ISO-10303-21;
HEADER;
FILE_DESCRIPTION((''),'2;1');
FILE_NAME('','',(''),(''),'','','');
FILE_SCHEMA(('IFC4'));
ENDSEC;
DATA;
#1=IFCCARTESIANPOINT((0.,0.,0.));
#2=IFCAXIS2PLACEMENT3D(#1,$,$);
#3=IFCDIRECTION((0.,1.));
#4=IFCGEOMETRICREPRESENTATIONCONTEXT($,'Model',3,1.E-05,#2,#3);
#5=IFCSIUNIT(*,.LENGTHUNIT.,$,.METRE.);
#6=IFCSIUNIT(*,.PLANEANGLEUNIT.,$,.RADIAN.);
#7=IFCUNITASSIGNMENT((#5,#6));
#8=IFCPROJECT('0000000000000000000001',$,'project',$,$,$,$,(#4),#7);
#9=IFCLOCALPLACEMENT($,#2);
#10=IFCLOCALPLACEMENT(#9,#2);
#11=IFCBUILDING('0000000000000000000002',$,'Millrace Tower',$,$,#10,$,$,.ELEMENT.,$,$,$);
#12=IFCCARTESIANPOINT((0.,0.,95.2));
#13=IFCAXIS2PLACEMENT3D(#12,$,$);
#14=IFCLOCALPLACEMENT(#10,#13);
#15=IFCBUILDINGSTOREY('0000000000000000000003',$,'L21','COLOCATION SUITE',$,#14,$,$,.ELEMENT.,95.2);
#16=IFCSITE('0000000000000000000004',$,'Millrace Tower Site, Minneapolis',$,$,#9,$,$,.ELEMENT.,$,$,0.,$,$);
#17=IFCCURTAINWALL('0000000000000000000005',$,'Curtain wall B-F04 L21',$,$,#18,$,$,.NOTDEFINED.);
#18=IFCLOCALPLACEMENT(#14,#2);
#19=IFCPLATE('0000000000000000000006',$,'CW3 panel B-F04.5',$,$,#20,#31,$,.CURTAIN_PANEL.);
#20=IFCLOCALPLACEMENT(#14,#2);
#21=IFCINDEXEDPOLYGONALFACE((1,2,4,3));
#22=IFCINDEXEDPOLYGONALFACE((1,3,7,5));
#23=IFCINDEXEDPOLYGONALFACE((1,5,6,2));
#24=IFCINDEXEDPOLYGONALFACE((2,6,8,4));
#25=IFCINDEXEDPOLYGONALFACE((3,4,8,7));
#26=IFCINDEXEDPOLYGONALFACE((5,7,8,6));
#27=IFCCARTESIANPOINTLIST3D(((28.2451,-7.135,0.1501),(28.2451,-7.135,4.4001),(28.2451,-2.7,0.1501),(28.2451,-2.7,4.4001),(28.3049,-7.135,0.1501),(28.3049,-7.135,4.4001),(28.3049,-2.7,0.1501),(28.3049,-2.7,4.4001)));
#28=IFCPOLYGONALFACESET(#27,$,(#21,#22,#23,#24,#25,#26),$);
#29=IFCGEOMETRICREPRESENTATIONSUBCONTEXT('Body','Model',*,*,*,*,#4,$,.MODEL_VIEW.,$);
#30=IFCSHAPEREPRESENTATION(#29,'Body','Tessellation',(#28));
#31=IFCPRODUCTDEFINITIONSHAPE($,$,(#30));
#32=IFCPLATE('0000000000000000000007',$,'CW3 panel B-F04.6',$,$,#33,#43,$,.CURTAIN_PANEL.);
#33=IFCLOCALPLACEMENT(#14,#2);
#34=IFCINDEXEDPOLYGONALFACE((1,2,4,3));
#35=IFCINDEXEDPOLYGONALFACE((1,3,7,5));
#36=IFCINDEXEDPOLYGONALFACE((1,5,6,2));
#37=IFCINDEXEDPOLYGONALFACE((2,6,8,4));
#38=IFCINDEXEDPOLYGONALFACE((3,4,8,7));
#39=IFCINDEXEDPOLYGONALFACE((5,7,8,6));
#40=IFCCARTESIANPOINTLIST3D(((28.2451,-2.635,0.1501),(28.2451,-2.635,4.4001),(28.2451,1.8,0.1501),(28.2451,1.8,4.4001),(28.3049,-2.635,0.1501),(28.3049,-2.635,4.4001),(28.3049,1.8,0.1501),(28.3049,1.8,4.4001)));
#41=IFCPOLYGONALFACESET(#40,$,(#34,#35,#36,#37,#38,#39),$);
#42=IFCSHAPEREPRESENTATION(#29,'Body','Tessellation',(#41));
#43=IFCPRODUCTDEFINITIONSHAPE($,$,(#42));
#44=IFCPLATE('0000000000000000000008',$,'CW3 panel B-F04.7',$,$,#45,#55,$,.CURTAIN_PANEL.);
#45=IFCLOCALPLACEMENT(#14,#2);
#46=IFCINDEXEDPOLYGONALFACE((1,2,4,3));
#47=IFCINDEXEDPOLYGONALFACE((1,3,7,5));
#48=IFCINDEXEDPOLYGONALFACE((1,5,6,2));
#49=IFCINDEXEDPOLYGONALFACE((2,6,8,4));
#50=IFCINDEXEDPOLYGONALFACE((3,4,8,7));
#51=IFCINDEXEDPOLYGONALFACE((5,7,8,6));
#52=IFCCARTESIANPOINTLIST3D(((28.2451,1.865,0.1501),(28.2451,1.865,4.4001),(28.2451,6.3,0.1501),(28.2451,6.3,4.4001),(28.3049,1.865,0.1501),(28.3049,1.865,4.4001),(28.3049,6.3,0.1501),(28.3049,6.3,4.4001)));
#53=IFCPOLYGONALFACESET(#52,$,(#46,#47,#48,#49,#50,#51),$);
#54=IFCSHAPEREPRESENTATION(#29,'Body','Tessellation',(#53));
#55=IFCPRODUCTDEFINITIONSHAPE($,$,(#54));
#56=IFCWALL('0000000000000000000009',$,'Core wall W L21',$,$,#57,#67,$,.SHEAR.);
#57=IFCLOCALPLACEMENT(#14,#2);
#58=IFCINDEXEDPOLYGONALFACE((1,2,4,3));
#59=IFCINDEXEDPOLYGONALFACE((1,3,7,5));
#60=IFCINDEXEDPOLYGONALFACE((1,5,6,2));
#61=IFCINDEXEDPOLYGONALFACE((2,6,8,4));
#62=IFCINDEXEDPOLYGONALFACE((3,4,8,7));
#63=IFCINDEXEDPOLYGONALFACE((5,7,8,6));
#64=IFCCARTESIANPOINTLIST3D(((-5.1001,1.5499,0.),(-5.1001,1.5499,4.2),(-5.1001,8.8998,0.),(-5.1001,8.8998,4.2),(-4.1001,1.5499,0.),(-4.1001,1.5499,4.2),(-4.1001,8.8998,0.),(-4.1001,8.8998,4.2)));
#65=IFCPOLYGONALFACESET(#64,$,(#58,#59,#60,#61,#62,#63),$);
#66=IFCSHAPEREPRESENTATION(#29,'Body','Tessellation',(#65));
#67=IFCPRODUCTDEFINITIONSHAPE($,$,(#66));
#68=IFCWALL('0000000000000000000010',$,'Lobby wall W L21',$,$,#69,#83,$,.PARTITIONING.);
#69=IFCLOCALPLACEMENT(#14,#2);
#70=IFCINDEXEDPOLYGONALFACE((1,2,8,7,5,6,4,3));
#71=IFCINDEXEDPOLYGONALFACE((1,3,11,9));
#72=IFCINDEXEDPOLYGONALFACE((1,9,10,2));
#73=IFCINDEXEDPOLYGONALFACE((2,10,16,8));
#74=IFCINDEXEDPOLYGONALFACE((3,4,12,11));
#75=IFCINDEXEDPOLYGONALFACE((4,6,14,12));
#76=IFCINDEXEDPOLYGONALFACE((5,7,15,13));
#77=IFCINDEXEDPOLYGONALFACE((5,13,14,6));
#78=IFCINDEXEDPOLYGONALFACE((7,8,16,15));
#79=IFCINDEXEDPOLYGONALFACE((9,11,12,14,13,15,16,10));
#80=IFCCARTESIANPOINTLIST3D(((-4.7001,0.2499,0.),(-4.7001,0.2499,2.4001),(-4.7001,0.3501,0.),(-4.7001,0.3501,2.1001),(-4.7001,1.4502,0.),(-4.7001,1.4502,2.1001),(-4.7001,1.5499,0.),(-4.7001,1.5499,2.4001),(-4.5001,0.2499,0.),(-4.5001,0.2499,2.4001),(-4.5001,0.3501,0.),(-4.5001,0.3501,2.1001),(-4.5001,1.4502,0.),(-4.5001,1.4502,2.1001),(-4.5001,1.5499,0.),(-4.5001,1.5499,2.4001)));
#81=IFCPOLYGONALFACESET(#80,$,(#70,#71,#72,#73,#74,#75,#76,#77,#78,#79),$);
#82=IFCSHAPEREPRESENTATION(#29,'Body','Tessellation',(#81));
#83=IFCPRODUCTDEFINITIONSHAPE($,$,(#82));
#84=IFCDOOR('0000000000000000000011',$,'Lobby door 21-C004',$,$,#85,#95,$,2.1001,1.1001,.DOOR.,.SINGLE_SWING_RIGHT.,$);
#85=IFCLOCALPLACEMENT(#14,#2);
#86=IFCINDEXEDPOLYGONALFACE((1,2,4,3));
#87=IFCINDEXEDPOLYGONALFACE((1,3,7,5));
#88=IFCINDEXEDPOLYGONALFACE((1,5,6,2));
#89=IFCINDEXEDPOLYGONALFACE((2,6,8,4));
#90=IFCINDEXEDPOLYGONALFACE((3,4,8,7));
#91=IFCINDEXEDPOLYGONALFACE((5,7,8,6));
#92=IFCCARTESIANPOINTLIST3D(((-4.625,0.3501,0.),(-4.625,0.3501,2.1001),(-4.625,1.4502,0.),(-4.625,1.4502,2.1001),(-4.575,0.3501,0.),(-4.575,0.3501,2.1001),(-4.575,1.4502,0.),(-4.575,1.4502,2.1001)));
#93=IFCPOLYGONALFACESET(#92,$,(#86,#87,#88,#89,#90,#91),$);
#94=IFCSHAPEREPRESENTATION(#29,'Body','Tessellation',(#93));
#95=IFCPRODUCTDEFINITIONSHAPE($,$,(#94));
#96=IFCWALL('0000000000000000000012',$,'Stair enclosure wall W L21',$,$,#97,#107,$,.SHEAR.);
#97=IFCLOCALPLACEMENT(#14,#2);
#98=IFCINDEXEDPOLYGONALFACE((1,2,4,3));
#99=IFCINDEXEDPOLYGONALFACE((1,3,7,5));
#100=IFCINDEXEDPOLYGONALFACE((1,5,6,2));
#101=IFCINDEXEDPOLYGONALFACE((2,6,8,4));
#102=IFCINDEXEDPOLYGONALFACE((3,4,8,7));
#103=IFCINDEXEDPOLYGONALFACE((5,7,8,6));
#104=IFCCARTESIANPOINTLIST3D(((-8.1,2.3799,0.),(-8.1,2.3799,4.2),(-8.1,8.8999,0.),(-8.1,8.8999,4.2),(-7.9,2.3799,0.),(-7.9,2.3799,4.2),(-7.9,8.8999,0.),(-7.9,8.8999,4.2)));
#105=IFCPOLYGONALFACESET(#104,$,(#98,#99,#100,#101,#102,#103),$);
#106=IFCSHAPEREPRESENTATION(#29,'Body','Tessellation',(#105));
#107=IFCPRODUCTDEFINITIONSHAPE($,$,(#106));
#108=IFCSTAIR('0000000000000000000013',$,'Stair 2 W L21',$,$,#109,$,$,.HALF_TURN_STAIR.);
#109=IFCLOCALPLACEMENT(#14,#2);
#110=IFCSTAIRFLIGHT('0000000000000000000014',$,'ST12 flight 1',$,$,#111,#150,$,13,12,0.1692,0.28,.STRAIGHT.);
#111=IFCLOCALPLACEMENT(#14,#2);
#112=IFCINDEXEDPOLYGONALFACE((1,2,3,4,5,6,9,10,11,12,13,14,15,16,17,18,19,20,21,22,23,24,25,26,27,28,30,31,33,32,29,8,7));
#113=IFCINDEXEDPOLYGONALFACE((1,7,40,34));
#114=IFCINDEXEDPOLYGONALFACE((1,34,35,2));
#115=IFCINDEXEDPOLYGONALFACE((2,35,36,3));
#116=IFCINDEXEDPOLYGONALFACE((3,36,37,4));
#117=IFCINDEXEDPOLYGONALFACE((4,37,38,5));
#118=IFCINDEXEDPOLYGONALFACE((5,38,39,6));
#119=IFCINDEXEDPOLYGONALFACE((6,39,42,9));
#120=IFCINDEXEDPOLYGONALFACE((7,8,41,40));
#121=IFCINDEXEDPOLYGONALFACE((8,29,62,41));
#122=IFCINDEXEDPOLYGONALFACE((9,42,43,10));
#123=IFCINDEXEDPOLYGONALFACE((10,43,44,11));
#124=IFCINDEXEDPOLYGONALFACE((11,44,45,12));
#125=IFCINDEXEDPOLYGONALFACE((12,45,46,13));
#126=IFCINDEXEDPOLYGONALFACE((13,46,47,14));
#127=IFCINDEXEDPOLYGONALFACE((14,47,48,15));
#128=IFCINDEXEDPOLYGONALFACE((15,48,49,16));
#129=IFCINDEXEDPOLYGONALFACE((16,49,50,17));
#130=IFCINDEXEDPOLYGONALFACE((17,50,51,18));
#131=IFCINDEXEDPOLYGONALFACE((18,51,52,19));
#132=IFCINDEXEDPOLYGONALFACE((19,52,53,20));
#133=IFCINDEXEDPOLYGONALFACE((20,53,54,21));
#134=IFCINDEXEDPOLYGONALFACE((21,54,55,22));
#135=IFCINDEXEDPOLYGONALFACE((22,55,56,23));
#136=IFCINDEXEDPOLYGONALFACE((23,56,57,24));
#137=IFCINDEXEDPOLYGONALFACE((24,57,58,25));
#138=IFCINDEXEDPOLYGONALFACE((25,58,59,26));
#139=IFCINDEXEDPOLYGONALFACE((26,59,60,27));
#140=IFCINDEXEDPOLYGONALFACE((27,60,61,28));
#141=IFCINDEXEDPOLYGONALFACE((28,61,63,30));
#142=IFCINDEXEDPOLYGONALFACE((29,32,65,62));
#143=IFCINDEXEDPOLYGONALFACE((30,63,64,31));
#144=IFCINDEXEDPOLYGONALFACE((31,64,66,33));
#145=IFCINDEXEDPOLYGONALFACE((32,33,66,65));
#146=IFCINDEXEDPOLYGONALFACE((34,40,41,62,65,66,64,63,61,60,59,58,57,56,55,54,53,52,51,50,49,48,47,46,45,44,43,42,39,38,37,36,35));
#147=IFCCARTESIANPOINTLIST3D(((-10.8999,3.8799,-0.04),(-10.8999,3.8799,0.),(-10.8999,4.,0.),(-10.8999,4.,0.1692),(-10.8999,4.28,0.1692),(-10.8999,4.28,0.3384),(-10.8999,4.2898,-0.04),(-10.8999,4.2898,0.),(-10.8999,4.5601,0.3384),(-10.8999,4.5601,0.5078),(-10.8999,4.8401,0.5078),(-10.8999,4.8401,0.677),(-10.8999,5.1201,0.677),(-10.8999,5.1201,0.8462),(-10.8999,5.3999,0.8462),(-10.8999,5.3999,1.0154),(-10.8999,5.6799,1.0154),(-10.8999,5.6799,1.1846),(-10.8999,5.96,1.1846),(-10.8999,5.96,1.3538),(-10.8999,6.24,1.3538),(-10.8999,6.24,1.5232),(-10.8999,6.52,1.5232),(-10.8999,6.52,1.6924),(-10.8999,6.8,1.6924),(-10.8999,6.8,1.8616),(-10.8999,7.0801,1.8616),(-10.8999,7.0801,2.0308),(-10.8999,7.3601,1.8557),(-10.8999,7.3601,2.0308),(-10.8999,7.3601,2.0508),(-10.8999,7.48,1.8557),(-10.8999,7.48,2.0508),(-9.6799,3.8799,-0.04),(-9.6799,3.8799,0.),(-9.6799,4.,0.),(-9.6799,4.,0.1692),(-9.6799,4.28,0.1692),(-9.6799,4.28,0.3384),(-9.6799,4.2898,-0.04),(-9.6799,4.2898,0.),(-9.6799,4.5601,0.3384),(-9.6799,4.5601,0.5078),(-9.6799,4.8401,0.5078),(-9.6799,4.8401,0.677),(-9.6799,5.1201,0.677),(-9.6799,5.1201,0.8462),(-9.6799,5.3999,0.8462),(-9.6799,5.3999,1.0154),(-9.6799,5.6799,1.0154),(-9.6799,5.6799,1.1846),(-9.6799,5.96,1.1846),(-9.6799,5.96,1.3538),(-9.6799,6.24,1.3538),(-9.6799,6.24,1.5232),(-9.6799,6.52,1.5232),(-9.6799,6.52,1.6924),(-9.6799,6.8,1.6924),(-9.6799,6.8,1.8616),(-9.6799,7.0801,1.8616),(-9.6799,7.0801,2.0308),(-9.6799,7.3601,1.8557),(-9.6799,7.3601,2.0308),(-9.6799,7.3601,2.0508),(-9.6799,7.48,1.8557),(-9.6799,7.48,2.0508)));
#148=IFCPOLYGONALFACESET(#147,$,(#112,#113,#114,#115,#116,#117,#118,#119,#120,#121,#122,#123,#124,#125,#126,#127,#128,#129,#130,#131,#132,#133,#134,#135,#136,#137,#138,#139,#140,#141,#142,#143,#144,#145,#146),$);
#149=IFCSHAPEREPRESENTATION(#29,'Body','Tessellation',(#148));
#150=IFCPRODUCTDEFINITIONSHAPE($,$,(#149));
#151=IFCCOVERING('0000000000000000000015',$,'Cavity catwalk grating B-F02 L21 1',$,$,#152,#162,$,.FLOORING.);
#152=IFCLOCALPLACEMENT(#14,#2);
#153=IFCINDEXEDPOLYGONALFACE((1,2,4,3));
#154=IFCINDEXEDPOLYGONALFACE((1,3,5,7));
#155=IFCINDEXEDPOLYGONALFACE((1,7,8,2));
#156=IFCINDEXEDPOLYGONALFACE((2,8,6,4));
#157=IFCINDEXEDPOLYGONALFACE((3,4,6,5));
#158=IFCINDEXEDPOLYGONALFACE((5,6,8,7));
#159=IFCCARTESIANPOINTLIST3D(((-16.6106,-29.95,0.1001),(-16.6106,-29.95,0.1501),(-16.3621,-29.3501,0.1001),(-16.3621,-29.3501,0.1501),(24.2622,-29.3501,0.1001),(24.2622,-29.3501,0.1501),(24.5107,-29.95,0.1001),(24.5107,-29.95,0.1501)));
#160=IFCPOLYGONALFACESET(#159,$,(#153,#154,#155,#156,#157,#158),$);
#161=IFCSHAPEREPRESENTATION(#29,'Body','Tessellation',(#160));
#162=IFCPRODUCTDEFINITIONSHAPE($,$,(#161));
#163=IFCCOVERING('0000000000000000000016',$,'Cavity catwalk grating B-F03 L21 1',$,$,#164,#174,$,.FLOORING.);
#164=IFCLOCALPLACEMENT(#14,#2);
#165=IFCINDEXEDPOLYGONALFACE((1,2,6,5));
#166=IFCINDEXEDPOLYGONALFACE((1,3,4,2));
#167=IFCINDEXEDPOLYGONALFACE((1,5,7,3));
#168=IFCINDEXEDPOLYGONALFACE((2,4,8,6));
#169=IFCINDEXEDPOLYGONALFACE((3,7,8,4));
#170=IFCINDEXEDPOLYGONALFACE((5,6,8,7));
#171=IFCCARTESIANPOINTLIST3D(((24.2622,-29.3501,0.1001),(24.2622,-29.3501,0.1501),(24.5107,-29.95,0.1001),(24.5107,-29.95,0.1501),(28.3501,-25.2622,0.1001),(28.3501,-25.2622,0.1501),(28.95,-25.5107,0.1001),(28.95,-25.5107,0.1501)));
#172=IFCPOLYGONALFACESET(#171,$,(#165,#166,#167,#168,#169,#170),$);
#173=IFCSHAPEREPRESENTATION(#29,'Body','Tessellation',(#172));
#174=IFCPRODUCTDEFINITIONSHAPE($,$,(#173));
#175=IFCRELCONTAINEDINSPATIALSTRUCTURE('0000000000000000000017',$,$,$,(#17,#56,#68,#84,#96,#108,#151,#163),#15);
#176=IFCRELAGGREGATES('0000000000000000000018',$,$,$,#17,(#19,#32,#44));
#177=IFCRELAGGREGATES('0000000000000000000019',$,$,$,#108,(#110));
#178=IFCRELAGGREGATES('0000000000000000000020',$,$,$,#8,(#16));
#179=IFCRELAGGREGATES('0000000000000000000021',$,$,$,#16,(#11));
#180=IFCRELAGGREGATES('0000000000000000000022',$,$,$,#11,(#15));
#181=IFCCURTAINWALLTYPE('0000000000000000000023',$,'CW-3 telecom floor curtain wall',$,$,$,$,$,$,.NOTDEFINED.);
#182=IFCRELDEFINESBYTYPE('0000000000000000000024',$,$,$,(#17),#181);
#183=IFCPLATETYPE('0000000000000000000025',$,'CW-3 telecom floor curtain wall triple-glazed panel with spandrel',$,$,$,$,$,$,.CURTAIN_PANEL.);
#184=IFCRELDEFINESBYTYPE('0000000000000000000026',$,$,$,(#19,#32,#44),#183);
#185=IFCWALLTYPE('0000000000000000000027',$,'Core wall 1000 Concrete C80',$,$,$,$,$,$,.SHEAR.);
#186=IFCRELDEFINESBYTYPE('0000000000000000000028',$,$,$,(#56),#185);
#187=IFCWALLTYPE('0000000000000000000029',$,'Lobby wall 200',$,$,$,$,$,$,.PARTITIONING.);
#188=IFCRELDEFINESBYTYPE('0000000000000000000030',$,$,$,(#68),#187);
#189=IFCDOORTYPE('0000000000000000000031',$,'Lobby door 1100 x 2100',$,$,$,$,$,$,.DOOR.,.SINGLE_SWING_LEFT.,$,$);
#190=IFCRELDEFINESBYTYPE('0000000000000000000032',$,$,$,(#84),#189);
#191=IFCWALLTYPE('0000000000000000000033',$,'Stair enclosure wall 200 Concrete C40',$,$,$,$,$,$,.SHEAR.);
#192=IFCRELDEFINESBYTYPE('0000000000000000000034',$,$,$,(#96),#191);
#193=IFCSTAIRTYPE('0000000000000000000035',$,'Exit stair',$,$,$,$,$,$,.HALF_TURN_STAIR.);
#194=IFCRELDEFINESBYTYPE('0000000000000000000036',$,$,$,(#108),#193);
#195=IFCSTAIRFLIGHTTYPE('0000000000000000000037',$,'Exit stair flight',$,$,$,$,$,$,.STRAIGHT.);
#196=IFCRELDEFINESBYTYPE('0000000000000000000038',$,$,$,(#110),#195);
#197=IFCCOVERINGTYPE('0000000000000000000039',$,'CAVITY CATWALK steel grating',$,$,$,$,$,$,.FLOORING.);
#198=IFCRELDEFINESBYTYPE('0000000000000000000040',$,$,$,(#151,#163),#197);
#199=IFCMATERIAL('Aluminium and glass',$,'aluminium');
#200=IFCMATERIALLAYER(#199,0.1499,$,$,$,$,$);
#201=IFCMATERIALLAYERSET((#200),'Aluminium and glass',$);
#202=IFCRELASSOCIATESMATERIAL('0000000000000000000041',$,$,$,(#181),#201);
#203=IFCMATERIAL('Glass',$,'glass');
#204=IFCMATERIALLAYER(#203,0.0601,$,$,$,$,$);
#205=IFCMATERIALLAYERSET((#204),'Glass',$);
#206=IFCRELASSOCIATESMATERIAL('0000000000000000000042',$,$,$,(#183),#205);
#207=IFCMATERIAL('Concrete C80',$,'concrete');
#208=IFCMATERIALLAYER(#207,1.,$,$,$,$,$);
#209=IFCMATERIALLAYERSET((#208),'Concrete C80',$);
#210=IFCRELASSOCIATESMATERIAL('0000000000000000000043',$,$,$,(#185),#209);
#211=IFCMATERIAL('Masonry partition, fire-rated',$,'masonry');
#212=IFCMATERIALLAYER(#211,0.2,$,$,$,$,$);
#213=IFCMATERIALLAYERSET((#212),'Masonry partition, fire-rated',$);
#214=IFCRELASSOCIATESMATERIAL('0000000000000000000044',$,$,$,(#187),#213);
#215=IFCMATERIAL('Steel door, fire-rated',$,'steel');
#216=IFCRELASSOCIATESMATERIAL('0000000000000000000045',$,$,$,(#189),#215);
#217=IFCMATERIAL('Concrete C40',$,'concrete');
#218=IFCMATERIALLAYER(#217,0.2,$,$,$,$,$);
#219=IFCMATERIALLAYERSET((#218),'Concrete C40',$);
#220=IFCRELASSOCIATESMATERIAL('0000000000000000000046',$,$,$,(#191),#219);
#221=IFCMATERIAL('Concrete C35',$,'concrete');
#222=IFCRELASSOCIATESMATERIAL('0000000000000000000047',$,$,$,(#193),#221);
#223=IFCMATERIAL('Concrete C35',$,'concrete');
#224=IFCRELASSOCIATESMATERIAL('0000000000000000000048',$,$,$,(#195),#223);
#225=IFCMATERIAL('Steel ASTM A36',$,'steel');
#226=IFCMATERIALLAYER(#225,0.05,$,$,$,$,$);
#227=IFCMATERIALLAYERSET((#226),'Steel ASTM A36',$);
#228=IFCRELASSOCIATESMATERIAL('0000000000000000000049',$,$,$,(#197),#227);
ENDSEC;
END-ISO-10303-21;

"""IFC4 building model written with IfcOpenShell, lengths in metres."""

from ifc_helpers import new_model, si_unit, direction, frame, frame_2d, origin, place, context, subcontext, project, spatial, polyline, rectangle, outline, extrude, material, layer, layer_set, type_object, element, fill, aggregate, save


model = new_model("IFC4")

# Units and contexts
model_context = context("Model", 3, precision=1e-05, world=origin(), true_north=direction((0.0, 1.0)))
body_context = subcontext(model_context, "Body", "Model", "MODEL_VIEW")
ifc_project = project(units=[si_unit("LENGTHUNIT", "METRE"), si_unit("PLANEANGLEUNIT", "RADIAN")], contexts=[model_context])

# Site, building, storey
site_placement = place(None, origin())
site = spatial("IfcSite", under=ifc_project, at=site_placement, Name="Millrace Tower Site, Minneapolis", CompositionType="ELEMENT", RefElevation=0.0)
building_placement = place(site_placement, origin())
building = spatial("IfcBuilding", under=site, at=building_placement, Name="Millrace Tower", CompositionType="ELEMENT")
storey_placement = place(building_placement, frame((0.0, 0.0, 95.2)))
storey = spatial("IfcBuildingStorey", under=building, at=storey_placement, Name="L21", Description="COLOCATION SUITE", CompositionType="ELEMENT", Elevation=95.2)

# Shared definitions
ifc_material_1 = material(Name="Aluminium and glass", Category="aluminium")
ifc_layer_1 = layer(ifc_material_1, 0.1499)
ifc_layer_set_1 = layer_set([ifc_layer_1], Name="Aluminium and glass")
curtain_wall_type = type_object("IfcCurtainWallType", Name="CW-3 telecom floor curtain wall", PredefinedType="NOTDEFINED", material=ifc_layer_set_1)
placement_1 = place(storey_placement, origin())
ifc_material_2 = material(Name="Glass", Category="glass")
ifc_layer_2 = layer(ifc_material_2, 0.0601)
ifc_layer_set_2 = layer_set([ifc_layer_2], Name="Glass")
plate_type = type_object("IfcPlateType", Name="CW-3 telecom floor curtain wall triple-glazed panel with spandrel", PredefinedType="CURTAIN_PANEL", material=ifc_layer_set_2)
placement_2 = place(storey_placement, frame((0.0, 0.0, 0.1501)))

# Curtain wall, plates
curtain_wall_1 = element("IfcCurtainWall", 1, at=placement_1, inside=storey, type_object=curtain_wall_type, Name="Curtain wall B-F04 L21", PredefinedType="NOTDEFINED")
plate_1 = element("IfcPlate", 2, at=placement_2, type_object=plate_type, Name="CW3 panel B-F04.5", PredefinedType="CURTAIN_PANEL", context=body_context, shape_type="SweptSolid", body=[
    extrude(outline(polyline([(28.3049, -7.135), (28.3049, -2.7), (28.2451, -2.7), (28.2451, -7.135), (28.3049, -7.135)])), origin(), (0.0, 0.0, 1.0), 4.25),
])
plate_2 = element("IfcPlate", 3, at=placement_2, type_object=plate_type, Name="CW3 panel B-F04.6", PredefinedType="CURTAIN_PANEL", context=body_context, shape_type="SweptSolid", body=[
    extrude(outline(polyline([(28.3049, -2.635), (28.3049, 1.8), (28.2451, 1.8), (28.2451, -2.635), (28.3049, -2.635)])), origin(), (0.0, 0.0, 1.0), 4.25),
])
plate_3 = element("IfcPlate", 4, at=placement_2, type_object=plate_type, Name="CW3 panel B-F04.7", PredefinedType="CURTAIN_PANEL", context=body_context, shape_type="SweptSolid", body=[
    extrude(outline(polyline([(28.3049, 1.865), (28.3049, 6.3), (28.2451, 6.3), (28.2451, 1.865), (28.3049, 1.865)])), origin(), (0.0, 0.0, 1.0), 4.25),
])
aggregate(curtain_wall_1, [plate_1, plate_2, plate_3])

# Wall
ifc_material_3 = material(Name="Concrete C80", Category="concrete")
ifc_layer_3 = layer(ifc_material_3, 1.0)
ifc_layer_set_3 = layer_set([ifc_layer_3], Name="Concrete C80")
wall_type_1 = type_object("IfcWallType", Name="Core wall 1000 Concrete C80", PredefinedType="SHEAR", material=ifc_layer_set_3)
wall_1_placement = place(storey_placement, frame((-4.6001, 1.55, 0.0), z_axis=(0.0, 0.0, 1.0), x_axis=(0.0, 1.0, 0.0)))
element("IfcWall", 5, at=wall_1_placement, inside=storey, type_object=wall_type_1, Name="Core wall W L21", PredefinedType="SHEAR", context=body_context, shape_type="SweptSolid", body=[
    extrude(rectangle(XDim=7.3499, YDim=1.0, at=frame_2d((3.6748, 0.0))), origin(), (0.0, 0.0, 1.0), 4.2),
])

# Wall, opening, door
ifc_material_4 = material(Name="Masonry partition, fire-rated", Category="masonry")
ifc_layer_4 = layer(ifc_material_4, 0.2)
ifc_layer_set_4 = layer_set([ifc_layer_4], Name="Masonry partition, fire-rated")
wall_type_2 = type_object("IfcWallType", Name="Lobby wall 200", PredefinedType="PARTITIONING", material=ifc_layer_set_4)
wall_2_placement = place(storey_placement, frame((-4.6001, 0.25, 0.0), z_axis=(0.0, 0.0, 1.0), x_axis=(0.0, 1.0, 0.0)))
wall_2 = element("IfcWall", 6, at=wall_2_placement, inside=storey, type_object=wall_type_2, Name="Lobby wall W L21", PredefinedType="PARTITIONING", context=body_context, shape_type="SweptSolid", body=[
    extrude(rectangle(XDim=1.3, YDim=0.2, at=frame_2d((0.6499, 0.0))), origin(), (0.0, 0.0, 1.0), 2.4001),
])
opening_placement = place(wall_2_placement, frame((0.1001, 0.0, 0.0)))
opening = element("IfcOpeningElement", 7, at=opening_placement, cuts=wall_2, PredefinedType="OPENING", context=body_context, shape_type="SweptSolid", body=[
    extrude(rectangle(XDim=1.1001, YDim=2.1001, at=frame_2d((0.55, 1.05))), frame((0.0, 0.1099, 0.0), z_axis=(0.0, -1.0, 0.0), x_axis=(1.0, 0.0, 0.0)), (0.0, 0.0, 1.0), 0.22),
])
ifc_material_5 = material(Name="Steel door, fire-rated", Category="steel")
door_type = type_object("IfcDoorType", Name="Lobby door 1100 x 2100", OperationType="SINGLE_SWING_LEFT", PredefinedType="DOOR", material=ifc_material_5)
door_placement = place(opening_placement, origin())
door = element("IfcDoor", 8, at=door_placement, inside=storey, type_object=door_type, Name="Lobby door 21-C004", OperationType="SINGLE_SWING_RIGHT", OverallHeight=2.1001, OverallWidth=1.1001, PredefinedType="DOOR", context=body_context, shape_type="SweptSolid", body=[
    extrude(rectangle(XDim=1.1001, YDim=2.1001, at=frame_2d((0.55, 1.05))), frame((0.0, 0.0249, 0.0), z_axis=(0.0, -1.0, 0.0), x_axis=(1.0, 0.0, 0.0)), (0.0, 0.0, 1.0), 0.05),
])
fill(opening, door)

# Wall
ifc_material_6 = material(Name="Concrete C40", Category="concrete")
ifc_layer_5 = layer(ifc_material_6, 0.2)
ifc_layer_set_5 = layer_set([ifc_layer_5], Name="Concrete C40")
wall_type_3 = type_object("IfcWallType", Name="Stair enclosure wall 200 Concrete C40", PredefinedType="SHEAR", material=ifc_layer_set_5)
wall_3_placement = place(storey_placement, frame((-8.0, 2.3799, 0.0), z_axis=(0.0, 0.0, 1.0), x_axis=(0.0, 1.0, 0.0)))
element("IfcWall", 9, at=wall_3_placement, inside=storey, type_object=wall_type_3, Name="Stair enclosure wall W L21", PredefinedType="SHEAR", context=body_context, shape_type="SweptSolid", body=[
    extrude(rectangle(XDim=6.52, YDim=0.2, at=frame_2d((3.26, 0.0))), origin(), (0.0, 0.0, 1.0), 4.2),
])

# Stair, stair flight
ifc_material_7 = material(Name="Concrete C35", Category="concrete")
stair_type = type_object("IfcStairType", Name="Exit stair", PredefinedType="HALF_TURN_STAIR", material=ifc_material_7)
stair = element("IfcStair", 10, at=placement_1, inside=storey, type_object=stair_type, Name="Stair 2 W L21", PredefinedType="HALF_TURN_STAIR")
ifc_material_8 = material(Name="Concrete C35", Category="concrete")
stair_flight_type = type_object("IfcStairFlightType", Name="Exit stair flight", PredefinedType="STRAIGHT", material=ifc_material_8)
stair_flight_placement = place(storey_placement, frame((-10.29, 4.0, 0.0), z_axis=(0.0, 0.0, 1.0), x_axis=(0.0, 1.0, 0.0)))
stair_flight = element("IfcStairFlight", 11, at=stair_flight_placement, type_object=stair_flight_type, Name="ST12 flight 1", NumberOfRisers=13, NumberOfTreads=12, PredefinedType="STRAIGHT", RiserHeight=0.1692, TreadLength=0.28, context=body_context, shape_type="SweptSolid", body=[
    extrude(outline(polyline([(-0.1201, -0.04), (-0.1201, 0.0), (0.0, 0.0), (0.0, 0.1692), (0.28, 0.1692), (0.28, 0.3384), (0.5601, 0.3384), (0.5601, 0.5078), (0.8401, 0.5078), (0.8401, 0.677), (1.1201, 0.677), (1.1201, 0.8462), (1.3999, 0.8462), (1.3999, 1.0154), (1.6799, 1.0154), (1.6799, 1.1846), (1.96, 1.1846), (1.96, 1.3538), (2.24, 1.3538), (2.24, 1.5232), (2.52, 1.5232), (2.52, 1.6924), (2.8, 1.6924), (2.8, 1.8616), (3.0801, 1.8616), (3.0801, 2.0308), (3.3601, 2.0308), (3.3601, 2.0508), (3.48, 2.0508), (3.48, 1.8557), (3.3601, 1.8557), (0.2898, 0.0), (0.2898, -0.04), (-0.1201, -0.04)])), frame((0.0, 0.6099, 0.0), z_axis=(0.0, -1.0, 0.0), x_axis=(1.0, 0.0, 0.0)), (0.0, 0.0, 1.0), 1.22),
])
aggregate(stair, [stair_flight])

# Coverings
ifc_material_9 = material(Name="Steel ASTM A36", Category="steel")
ifc_layer_6 = layer(ifc_material_9, 0.05)
ifc_layer_set_6 = layer_set([ifc_layer_6], Name="Steel ASTM A36")
covering_type = type_object("IfcCoveringType", Name="CAVITY CATWALK steel grating", PredefinedType="FLOORING", material=ifc_layer_set_6)
placement_3 = place(storey_placement, frame((0.0, 0.0, 0.1001)))
element("IfcCovering", 12, at=placement_3, inside=storey, type_object=covering_type, Name="Cavity catwalk grating B-F02 L21 1", PredefinedType="FLOORING", context=body_context, shape_type="SweptSolid", body=[
    extrude(outline(polyline([(-16.6106, -29.95), (24.5107, -29.95), (24.2622, -29.3501), (-16.3621, -29.3501), (-16.6106, -29.95)])), origin(), (0.0, 0.0, 1.0), 0.05),
])
element("IfcCovering", 13, at=placement_3, inside=storey, type_object=covering_type, Name="Cavity catwalk grating B-F03 L21 1", PredefinedType="FLOORING", context=body_context, shape_type="SweptSolid", body=[
    extrude(outline(polyline([(24.5107, -29.95), (28.95, -25.5107), (28.3501, -25.2622), (24.2622, -29.3501), (24.5107, -29.95)])), origin(), (0.0, 0.0, 1.0), 0.05),
])

save(model, "model.ifc")
